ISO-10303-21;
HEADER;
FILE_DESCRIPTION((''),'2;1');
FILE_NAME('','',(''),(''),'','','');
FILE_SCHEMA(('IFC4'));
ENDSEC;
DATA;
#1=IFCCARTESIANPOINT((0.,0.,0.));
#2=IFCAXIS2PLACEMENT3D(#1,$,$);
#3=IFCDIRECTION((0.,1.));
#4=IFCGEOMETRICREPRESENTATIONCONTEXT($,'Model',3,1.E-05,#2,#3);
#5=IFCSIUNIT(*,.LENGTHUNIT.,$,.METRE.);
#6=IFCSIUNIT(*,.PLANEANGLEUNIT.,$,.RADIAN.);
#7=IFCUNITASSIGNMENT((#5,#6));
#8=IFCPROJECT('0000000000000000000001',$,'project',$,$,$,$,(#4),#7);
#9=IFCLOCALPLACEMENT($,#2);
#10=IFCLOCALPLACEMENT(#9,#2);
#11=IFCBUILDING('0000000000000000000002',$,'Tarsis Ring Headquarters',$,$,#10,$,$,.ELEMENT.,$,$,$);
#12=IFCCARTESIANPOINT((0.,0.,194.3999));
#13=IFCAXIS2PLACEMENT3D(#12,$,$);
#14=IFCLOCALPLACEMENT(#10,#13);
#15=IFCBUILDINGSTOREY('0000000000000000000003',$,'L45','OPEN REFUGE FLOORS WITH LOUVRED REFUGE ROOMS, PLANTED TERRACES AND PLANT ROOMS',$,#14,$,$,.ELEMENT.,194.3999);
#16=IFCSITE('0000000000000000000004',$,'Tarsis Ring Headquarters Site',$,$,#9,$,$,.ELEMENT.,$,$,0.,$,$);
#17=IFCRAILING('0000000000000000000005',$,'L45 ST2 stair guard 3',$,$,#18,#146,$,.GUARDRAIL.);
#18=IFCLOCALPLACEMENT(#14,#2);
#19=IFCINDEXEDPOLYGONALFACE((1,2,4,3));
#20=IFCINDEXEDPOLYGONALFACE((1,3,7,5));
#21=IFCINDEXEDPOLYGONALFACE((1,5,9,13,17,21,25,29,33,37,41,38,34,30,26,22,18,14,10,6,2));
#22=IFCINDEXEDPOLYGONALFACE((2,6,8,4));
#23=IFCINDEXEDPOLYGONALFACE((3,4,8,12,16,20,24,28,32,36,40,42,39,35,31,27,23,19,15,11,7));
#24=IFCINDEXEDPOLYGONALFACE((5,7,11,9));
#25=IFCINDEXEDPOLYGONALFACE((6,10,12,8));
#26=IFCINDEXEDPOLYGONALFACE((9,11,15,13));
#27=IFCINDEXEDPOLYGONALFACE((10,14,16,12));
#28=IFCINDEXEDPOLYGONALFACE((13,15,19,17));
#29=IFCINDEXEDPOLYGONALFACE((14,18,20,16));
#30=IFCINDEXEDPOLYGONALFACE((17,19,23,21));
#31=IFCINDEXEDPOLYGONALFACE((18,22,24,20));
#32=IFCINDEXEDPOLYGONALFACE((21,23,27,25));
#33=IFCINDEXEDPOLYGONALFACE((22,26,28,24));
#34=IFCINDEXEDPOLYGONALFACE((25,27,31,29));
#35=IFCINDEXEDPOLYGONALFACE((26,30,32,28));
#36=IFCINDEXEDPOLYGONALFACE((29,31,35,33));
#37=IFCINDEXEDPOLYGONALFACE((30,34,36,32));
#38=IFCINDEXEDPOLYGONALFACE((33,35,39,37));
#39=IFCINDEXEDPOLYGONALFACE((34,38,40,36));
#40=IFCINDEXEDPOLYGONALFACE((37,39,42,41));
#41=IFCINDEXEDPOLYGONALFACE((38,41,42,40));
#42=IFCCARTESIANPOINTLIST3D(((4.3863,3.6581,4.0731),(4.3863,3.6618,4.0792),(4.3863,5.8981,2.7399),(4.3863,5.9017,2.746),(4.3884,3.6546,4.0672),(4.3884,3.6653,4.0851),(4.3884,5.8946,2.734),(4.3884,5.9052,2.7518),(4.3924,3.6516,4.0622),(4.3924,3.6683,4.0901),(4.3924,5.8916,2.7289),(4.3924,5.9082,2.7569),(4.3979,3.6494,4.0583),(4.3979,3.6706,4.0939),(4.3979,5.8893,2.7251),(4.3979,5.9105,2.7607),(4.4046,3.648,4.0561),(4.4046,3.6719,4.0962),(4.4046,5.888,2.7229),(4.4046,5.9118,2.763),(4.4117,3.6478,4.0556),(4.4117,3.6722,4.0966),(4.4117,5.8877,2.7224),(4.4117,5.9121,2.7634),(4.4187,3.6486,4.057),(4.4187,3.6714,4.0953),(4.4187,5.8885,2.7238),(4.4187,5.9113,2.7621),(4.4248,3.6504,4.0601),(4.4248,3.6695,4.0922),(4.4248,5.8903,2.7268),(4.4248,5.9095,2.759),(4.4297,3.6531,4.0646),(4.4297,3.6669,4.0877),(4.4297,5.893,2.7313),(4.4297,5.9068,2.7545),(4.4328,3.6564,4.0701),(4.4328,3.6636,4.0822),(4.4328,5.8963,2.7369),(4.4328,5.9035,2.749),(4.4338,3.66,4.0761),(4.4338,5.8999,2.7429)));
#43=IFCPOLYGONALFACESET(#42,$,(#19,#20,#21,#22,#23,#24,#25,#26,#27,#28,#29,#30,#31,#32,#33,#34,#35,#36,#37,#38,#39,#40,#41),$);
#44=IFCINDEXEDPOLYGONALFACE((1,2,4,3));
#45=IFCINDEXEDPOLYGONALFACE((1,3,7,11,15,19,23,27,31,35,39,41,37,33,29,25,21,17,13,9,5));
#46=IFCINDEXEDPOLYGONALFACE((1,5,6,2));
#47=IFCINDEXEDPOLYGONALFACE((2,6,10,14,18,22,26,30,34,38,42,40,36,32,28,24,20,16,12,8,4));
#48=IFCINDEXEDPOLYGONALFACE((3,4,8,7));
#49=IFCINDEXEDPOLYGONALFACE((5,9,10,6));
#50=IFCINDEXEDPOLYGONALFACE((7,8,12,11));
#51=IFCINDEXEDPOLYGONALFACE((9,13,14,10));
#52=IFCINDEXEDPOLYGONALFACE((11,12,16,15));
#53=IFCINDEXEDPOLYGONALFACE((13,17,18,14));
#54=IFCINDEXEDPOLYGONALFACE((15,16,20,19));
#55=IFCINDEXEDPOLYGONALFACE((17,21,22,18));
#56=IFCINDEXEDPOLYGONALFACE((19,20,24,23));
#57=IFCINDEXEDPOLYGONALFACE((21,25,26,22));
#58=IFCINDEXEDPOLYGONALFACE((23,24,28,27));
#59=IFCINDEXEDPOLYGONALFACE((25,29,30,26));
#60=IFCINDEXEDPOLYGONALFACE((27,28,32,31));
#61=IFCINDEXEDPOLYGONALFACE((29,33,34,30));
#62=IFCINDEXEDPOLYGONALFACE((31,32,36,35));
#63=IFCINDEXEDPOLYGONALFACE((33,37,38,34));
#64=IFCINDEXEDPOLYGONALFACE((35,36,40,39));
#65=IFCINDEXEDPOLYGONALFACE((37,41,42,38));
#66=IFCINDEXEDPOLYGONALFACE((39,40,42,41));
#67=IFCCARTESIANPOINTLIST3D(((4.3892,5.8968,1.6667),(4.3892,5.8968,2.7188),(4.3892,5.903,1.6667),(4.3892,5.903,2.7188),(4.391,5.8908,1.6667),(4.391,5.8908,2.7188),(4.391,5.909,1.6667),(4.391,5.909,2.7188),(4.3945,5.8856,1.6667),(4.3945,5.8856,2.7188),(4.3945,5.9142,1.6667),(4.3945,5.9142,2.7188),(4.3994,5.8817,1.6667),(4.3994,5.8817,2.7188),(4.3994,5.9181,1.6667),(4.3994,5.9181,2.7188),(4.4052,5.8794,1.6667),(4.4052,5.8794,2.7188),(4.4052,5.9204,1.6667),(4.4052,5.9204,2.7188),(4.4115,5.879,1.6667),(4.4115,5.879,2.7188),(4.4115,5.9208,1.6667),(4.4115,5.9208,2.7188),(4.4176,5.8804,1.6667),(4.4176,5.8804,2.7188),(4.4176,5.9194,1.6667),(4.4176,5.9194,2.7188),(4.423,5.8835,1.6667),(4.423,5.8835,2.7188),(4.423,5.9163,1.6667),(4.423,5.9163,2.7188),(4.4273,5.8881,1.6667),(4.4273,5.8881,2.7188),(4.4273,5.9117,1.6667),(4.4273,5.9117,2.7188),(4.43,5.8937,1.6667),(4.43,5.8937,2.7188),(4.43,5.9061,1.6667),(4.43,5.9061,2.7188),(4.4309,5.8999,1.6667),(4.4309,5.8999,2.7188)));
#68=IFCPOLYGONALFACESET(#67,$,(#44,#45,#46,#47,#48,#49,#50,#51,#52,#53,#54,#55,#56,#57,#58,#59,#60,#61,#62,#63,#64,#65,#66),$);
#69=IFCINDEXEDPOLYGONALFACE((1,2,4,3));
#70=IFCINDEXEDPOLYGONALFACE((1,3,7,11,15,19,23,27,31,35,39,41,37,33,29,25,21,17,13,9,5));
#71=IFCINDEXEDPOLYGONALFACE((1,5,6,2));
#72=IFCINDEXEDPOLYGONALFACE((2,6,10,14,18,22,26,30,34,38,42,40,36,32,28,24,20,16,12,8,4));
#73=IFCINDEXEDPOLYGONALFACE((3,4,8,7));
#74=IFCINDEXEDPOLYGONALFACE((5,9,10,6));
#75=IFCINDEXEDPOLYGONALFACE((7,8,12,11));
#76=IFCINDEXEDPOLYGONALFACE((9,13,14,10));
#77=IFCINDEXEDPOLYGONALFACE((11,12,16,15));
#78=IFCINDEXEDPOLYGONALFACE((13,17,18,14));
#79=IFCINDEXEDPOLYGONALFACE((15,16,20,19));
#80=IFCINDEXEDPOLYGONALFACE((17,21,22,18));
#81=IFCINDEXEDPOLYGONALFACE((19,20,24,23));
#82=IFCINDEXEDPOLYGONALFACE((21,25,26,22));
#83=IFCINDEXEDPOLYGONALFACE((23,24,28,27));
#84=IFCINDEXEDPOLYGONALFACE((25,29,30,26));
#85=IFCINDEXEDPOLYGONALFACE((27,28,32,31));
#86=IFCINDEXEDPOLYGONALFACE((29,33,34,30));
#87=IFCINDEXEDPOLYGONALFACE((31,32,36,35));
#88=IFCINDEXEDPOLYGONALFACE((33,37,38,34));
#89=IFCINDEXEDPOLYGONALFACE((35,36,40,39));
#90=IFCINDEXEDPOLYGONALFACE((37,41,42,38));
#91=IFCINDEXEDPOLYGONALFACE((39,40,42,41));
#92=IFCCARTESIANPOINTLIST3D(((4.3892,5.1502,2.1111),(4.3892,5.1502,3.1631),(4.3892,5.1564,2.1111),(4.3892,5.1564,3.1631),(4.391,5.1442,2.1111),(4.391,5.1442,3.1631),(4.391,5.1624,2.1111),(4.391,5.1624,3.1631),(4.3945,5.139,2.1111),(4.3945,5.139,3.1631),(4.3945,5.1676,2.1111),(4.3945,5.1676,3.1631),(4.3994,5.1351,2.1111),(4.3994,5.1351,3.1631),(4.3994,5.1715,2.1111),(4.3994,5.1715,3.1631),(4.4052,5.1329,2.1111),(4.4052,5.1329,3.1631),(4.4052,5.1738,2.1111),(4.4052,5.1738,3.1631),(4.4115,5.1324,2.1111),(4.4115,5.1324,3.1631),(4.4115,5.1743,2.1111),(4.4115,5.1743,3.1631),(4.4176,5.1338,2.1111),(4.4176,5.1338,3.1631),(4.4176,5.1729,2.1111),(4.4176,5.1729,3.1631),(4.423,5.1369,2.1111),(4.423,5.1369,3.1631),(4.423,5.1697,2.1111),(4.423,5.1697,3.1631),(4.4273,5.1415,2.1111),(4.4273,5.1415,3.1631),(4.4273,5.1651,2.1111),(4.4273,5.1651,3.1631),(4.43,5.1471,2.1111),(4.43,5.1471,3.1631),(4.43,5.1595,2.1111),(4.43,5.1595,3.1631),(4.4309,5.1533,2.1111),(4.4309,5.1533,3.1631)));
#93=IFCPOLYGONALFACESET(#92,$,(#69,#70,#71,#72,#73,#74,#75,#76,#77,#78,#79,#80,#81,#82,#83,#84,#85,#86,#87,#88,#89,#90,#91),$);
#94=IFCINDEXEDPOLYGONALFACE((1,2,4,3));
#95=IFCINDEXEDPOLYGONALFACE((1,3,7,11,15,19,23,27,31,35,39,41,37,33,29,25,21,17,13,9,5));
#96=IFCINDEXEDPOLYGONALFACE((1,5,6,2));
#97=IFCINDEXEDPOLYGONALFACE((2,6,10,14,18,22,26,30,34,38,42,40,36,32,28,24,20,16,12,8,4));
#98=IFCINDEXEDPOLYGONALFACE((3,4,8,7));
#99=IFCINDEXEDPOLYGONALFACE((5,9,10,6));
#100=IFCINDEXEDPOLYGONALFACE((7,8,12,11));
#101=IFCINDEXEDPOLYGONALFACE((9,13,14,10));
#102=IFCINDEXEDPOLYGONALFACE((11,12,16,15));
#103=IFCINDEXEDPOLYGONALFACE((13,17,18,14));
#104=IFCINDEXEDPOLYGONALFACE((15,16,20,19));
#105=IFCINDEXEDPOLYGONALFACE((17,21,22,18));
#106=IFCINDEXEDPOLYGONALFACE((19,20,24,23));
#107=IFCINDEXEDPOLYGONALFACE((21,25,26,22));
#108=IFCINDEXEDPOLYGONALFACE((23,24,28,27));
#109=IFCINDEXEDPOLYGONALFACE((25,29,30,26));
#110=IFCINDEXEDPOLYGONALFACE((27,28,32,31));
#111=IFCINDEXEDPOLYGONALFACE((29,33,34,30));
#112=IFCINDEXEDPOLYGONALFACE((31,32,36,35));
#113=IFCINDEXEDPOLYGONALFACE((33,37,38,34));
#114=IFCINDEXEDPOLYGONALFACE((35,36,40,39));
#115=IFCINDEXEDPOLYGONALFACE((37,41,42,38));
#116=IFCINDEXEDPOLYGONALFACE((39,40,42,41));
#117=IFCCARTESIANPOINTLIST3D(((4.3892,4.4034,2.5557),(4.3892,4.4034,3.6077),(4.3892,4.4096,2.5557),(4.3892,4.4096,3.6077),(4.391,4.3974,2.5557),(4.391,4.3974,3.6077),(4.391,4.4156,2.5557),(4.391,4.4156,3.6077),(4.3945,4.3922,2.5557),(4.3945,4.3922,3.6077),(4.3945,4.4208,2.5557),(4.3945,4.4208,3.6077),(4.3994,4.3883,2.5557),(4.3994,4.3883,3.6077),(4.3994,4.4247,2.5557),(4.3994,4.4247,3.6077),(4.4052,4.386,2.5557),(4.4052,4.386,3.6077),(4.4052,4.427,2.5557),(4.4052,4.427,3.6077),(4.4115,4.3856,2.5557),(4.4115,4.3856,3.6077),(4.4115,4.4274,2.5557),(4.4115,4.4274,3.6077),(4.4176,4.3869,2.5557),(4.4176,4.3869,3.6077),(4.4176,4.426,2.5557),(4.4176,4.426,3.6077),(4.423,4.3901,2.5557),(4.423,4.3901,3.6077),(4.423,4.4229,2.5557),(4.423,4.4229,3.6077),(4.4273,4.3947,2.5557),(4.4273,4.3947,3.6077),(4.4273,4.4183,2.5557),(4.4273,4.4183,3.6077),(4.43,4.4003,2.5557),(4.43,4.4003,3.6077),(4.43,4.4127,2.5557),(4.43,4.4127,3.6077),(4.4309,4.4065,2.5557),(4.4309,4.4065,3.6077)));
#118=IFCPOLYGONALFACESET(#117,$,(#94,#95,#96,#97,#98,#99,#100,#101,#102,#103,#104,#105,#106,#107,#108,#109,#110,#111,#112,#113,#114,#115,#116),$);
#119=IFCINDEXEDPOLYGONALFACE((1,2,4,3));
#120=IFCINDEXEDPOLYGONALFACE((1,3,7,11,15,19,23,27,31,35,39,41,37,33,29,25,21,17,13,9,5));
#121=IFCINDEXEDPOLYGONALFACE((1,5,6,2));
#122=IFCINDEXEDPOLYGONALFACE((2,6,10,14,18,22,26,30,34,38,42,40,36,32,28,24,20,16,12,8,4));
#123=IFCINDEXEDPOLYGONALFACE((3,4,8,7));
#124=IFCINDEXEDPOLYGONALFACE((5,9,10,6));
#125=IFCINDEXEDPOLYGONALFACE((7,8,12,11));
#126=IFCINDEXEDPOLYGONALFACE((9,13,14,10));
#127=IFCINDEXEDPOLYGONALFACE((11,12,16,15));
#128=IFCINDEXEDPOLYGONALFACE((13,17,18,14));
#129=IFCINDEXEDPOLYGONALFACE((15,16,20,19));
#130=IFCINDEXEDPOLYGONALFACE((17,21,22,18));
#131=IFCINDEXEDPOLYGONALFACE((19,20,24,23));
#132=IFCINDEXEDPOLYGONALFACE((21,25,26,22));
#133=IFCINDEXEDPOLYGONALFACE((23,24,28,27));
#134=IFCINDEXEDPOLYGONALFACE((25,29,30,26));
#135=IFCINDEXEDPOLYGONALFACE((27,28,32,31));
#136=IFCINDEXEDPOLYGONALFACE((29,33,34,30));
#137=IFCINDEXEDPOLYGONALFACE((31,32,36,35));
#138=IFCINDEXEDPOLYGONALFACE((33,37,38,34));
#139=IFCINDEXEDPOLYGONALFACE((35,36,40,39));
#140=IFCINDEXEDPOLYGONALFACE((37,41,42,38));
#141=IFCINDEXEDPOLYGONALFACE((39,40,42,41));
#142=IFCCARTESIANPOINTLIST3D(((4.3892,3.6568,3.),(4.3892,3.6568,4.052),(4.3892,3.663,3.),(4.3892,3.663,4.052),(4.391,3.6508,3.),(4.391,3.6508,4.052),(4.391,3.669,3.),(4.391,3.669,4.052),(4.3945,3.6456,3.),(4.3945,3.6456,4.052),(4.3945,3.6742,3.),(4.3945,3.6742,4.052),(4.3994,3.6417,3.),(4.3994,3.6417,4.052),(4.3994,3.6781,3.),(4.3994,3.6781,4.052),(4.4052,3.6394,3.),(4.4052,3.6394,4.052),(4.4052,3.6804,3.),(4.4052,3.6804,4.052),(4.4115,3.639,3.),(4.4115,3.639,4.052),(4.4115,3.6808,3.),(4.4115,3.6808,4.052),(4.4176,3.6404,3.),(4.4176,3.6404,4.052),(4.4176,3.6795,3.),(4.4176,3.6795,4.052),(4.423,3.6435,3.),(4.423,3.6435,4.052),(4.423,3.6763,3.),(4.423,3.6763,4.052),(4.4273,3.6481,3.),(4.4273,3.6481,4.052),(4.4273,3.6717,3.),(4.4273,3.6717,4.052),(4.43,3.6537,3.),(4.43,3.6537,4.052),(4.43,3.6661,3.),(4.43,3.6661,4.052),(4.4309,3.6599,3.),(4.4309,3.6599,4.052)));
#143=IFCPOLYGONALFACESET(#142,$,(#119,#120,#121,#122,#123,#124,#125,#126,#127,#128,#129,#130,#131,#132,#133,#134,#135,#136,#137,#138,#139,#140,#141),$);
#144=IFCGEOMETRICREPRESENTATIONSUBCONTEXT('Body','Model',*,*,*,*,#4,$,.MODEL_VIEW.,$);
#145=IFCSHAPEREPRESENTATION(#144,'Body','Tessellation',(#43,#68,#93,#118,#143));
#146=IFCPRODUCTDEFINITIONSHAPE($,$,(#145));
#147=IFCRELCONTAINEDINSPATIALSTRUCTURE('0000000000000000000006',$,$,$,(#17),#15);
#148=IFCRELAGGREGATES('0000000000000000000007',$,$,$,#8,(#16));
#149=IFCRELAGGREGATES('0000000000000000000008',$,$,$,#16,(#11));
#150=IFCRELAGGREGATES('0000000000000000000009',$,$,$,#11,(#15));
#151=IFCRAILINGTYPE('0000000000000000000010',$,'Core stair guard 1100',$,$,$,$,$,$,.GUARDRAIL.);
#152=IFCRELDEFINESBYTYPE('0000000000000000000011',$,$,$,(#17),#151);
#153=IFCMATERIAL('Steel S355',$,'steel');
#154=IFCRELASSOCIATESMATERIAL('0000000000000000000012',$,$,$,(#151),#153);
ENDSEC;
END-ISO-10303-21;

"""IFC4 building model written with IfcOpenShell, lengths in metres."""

from ifc_helpers import new_model, si_unit, direction, frame, origin, origin_2d, place, context, subcontext, project, spatial, circle, extrude, material, type_object, element, save


model = new_model("IFC4")

# Units and contexts
model_context = context("Model", 3, precision=1e-05, world=origin(), true_north=direction((0.0, 1.0)))
body_context = subcontext(model_context, "Body", "Model", "MODEL_VIEW")
ifc_project = project(units=[si_unit("LENGTHUNIT", "METRE"), si_unit("PLANEANGLEUNIT", "RADIAN")], contexts=[model_context])

# Site, building, storey
site_placement = place(None, origin())
site = spatial("IfcSite", under=ifc_project, at=site_placement, Name="Tarsis Ring Headquarters Site", CompositionType="ELEMENT", RefElevation=0.0)
building_placement = place(site_placement, origin())
building = spatial("IfcBuilding", under=site, at=building_placement, Name="Tarsis Ring Headquarters", CompositionType="ELEMENT")
storey_placement = place(building_placement, frame((0.0, 0.0, 194.3999)))
storey = spatial("IfcBuildingStorey", under=building, at=storey_placement, Name="L45", Description="OPEN REFUGE FLOORS WITH LOUVRED REFUGE ROOMS, PLANTED TERRACES AND PLANT ROOMS", CompositionType="ELEMENT", Elevation=194.3999)

# Shared definitions
ifc_material_1 = material(Name="Steel S355", Category="steel")

# Railing
railing_type_1 = type_object("IfcRailingType", Name="Core stair guard 1100", PredefinedType="GUARDRAIL", material=ifc_material_1)
railing_1_placement = place(storey_placement, frame((4.4099, 5.8999, 1.6667)))
element("IfcRailing", 1, at=railing_1_placement, inside=storey, type_object=railing_type_1, Name="L45 ST2 stair guard 3", PredefinedType="GUARDRAIL", context=body_context, shape_type="SweptSolid", body=[
    extrude(circle(Radius=0.0239, at=origin_2d()), frame((0.0, 0.0, 1.0762), z_axis=(0.0, -0.859306, 0.511462), x_axis=(1.0, 0.0, 0.0)), (0.0, 0.0, 1.0), 2.6067),
    extrude(circle(Radius=0.021, at=origin_2d()), origin(), (0.0, 0.0, 1.0), 1.052),
    extrude(circle(Radius=0.021, at=origin_2d()), frame((0.0, -0.7466, 0.4443)), (0.0, 0.0, 1.0), 1.052),
    extrude(circle(Radius=0.021, at=origin_2d()), frame((0.0, -1.4934, 0.8889)), (0.0, 0.0, 1.0), 1.052),
    extrude(circle(Radius=0.021, at=origin_2d()), frame((0.0, -2.24, 1.3333)), (0.0, 0.0, 1.0), 1.052),
])

save(model, "model.ifc")
